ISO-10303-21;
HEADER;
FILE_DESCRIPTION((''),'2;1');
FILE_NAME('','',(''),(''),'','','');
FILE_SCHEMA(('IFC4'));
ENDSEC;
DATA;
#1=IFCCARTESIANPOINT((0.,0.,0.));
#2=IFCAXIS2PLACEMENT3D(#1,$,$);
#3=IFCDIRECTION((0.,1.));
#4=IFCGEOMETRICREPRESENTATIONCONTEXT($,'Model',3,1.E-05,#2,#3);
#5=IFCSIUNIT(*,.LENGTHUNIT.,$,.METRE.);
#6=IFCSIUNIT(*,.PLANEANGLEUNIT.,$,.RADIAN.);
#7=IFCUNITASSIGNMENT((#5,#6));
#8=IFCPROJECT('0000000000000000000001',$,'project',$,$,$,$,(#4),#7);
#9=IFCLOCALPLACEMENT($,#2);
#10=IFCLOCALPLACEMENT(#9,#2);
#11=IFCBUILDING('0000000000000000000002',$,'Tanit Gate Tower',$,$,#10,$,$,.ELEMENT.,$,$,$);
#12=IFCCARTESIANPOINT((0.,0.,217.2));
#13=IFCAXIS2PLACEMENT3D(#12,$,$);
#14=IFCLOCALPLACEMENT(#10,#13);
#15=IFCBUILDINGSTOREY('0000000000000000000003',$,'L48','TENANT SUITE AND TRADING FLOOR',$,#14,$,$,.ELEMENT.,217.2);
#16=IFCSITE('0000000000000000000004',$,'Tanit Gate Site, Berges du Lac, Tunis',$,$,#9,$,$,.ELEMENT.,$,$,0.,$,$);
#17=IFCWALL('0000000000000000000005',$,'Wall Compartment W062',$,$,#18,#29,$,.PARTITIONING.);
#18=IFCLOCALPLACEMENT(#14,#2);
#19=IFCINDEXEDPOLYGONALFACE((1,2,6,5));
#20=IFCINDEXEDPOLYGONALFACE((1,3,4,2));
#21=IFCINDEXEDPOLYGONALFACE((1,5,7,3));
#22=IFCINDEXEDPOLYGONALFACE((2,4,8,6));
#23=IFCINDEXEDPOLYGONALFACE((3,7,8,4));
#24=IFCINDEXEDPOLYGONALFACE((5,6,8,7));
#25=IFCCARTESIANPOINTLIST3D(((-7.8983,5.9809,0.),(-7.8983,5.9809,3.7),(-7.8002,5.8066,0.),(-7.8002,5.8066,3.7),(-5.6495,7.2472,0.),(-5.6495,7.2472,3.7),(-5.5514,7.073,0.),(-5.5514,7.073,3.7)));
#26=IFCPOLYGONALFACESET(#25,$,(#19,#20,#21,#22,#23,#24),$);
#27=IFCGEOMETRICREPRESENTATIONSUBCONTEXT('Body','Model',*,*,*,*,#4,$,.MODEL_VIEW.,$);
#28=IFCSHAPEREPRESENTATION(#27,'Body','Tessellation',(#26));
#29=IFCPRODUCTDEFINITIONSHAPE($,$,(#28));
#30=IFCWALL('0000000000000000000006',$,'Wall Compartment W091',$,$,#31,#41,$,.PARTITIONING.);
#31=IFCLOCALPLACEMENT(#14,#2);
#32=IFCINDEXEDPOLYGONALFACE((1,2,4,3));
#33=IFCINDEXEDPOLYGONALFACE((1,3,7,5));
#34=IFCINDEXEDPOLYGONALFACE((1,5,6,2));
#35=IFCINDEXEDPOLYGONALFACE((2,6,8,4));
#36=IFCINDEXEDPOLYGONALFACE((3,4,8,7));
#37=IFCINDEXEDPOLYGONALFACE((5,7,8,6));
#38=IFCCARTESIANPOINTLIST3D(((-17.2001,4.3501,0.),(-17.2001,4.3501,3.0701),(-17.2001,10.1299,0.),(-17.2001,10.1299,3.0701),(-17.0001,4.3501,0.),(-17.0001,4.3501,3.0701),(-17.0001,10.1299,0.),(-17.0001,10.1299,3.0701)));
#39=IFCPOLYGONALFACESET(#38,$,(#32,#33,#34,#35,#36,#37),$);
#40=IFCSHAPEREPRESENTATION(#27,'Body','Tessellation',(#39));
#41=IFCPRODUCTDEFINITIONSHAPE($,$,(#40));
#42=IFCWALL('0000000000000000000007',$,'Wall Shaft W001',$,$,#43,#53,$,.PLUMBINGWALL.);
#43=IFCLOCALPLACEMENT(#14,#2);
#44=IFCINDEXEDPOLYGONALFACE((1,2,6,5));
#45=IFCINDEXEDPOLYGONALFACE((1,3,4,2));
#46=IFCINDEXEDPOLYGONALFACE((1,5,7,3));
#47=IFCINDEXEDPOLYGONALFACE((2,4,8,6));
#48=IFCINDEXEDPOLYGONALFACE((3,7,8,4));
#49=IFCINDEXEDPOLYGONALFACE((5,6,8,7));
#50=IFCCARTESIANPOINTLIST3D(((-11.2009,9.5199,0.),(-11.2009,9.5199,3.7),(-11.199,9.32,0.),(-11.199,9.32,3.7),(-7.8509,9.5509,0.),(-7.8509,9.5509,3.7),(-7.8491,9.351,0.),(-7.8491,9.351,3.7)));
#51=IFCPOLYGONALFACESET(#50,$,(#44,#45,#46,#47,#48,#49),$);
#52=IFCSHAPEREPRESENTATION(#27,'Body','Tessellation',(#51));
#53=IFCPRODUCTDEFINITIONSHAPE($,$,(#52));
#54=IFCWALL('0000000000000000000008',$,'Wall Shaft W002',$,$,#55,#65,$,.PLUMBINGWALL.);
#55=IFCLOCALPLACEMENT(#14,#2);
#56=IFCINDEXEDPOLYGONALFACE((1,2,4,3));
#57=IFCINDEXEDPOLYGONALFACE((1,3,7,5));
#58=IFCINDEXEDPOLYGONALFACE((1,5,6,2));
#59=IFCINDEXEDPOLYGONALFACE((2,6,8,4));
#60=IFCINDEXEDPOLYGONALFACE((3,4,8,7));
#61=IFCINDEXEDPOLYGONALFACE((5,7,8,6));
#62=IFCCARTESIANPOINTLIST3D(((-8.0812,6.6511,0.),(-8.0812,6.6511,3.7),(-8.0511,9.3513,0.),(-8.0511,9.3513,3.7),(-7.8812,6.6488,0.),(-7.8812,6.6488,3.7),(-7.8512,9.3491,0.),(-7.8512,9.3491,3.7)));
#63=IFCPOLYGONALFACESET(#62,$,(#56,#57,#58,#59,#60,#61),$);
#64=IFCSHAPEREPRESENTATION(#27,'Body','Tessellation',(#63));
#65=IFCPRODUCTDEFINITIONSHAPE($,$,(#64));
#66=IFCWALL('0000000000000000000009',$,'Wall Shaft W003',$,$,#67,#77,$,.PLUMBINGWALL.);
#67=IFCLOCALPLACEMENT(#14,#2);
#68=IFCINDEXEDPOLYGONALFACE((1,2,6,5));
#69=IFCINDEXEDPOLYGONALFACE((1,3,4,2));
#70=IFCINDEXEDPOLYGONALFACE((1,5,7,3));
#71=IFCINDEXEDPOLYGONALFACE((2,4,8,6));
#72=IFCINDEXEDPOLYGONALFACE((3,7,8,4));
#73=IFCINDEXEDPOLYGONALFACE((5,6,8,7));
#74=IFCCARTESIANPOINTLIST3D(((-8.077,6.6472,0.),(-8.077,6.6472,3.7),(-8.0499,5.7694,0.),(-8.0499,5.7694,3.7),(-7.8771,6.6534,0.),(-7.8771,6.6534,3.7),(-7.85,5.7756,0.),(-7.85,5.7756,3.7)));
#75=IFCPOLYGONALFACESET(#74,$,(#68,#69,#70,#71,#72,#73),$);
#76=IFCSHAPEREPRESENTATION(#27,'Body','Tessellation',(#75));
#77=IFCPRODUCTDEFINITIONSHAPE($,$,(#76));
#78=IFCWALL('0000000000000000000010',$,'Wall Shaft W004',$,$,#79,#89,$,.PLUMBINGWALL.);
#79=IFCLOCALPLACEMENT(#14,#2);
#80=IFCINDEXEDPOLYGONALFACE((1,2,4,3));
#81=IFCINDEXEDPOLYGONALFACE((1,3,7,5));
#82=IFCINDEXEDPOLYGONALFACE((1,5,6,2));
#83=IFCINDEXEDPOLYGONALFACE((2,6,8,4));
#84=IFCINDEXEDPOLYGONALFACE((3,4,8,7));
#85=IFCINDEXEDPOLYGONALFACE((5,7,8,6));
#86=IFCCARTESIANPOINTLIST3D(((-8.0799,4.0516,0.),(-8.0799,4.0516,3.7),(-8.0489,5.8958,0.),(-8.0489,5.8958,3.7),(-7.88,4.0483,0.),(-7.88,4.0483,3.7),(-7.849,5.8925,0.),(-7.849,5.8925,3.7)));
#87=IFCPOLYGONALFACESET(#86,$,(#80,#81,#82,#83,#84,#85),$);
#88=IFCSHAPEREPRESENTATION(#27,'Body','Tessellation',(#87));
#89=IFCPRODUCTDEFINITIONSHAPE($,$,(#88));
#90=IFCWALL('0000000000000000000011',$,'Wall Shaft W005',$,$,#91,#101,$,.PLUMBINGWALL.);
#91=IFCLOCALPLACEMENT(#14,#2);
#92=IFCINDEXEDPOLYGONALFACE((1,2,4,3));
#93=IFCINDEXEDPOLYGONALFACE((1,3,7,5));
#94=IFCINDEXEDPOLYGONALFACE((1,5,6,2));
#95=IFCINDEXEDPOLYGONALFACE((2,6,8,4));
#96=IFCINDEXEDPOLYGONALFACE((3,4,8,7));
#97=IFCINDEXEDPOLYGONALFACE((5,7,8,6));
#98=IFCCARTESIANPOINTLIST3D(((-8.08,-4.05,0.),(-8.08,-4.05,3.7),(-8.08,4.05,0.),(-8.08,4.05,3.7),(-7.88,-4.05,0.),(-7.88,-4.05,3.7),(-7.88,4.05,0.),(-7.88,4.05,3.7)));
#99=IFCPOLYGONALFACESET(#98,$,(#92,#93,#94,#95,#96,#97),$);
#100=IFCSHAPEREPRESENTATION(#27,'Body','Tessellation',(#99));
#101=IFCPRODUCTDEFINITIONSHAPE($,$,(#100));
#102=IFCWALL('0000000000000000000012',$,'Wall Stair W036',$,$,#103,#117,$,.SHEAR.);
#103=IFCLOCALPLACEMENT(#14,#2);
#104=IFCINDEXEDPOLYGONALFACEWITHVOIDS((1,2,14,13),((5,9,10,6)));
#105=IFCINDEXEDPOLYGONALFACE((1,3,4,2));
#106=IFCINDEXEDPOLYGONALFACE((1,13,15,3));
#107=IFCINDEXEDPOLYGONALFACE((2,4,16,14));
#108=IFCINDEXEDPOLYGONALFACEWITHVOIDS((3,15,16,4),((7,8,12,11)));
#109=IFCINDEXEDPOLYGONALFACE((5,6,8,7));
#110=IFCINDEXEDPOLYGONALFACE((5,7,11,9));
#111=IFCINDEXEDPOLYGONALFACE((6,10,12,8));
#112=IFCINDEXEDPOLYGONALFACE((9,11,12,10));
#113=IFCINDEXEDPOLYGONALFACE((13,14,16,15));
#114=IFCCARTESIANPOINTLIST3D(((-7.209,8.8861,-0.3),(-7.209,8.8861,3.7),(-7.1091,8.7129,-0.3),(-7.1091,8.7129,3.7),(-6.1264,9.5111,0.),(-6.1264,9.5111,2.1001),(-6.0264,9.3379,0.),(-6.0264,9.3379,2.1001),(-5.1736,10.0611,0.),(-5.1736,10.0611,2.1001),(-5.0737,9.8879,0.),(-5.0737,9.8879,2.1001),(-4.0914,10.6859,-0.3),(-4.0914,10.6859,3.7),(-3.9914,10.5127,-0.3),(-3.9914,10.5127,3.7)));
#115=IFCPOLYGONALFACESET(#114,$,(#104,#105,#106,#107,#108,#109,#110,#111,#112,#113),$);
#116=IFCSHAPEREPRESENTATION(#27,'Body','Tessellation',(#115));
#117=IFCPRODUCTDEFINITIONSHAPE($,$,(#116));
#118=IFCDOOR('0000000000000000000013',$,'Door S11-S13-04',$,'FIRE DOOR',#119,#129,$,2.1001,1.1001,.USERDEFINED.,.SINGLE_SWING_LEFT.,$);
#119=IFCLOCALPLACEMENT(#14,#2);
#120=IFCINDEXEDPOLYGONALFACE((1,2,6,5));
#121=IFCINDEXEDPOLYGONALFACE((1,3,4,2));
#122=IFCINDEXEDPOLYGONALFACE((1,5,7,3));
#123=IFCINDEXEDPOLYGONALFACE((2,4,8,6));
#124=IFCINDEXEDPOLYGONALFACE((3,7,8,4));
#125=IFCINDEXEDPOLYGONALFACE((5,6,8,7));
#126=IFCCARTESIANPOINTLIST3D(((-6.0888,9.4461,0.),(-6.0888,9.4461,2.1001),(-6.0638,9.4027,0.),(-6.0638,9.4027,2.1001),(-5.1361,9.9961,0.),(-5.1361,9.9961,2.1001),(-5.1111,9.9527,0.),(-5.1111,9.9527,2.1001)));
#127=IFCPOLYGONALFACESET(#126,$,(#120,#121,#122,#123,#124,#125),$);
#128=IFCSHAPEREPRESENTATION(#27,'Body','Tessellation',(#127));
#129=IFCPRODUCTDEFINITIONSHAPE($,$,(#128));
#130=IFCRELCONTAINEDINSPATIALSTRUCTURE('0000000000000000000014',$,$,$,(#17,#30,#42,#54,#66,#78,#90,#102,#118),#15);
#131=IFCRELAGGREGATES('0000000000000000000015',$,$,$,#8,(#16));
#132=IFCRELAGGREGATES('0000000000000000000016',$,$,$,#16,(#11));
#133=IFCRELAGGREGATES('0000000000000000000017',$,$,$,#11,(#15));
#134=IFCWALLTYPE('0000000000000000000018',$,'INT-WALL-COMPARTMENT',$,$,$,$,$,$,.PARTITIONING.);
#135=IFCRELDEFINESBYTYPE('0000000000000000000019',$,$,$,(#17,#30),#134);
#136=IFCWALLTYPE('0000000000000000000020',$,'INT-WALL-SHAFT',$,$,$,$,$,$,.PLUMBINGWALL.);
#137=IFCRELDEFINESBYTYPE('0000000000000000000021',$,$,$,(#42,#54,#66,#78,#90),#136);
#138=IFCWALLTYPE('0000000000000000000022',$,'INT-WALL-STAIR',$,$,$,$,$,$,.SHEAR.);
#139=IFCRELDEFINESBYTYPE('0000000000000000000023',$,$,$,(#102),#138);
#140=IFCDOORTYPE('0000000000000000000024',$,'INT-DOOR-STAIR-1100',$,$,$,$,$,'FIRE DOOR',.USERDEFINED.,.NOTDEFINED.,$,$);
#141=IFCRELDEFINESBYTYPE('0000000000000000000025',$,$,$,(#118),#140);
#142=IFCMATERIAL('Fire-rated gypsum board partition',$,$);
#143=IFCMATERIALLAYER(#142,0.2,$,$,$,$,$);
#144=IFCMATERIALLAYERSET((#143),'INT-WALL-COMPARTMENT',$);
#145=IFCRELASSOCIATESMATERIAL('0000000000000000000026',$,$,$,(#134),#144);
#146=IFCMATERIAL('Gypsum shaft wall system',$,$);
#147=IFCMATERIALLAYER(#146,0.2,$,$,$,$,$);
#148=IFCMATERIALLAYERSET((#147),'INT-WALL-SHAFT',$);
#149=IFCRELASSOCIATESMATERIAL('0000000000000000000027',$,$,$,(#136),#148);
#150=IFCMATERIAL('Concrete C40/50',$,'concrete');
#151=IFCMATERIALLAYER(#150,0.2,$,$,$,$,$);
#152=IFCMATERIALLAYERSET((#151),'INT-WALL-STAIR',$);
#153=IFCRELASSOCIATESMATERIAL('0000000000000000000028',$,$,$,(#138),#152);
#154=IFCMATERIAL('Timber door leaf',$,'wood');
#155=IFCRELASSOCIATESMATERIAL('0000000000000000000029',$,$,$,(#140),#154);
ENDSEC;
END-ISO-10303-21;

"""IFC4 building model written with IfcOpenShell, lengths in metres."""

from ifc_helpers import new_model, si_unit, direction, frame, frame_2d, origin, place, context, subcontext, project, spatial, rectangle, extrude, material, layer, layer_set, type_object, element, fill, save


model = new_model("IFC4")

# Units and contexts
model_context = context("Model", 3, precision=1e-05, world=origin(), true_north=direction((0.0, 1.0)))
body_context = subcontext(model_context, "Body", "Model", "MODEL_VIEW")
ifc_project = project(units=[si_unit("LENGTHUNIT", "METRE"), si_unit("PLANEANGLEUNIT", "RADIAN")], contexts=[model_context])

# Site, building, storey
site_placement = place(None, origin())
site = spatial("IfcSite", under=ifc_project, at=site_placement, Name="Tanit Gate Site, Berges du Lac, Tunis", CompositionType="ELEMENT", RefElevation=0.0)
building_placement = place(site_placement, origin())
building = spatial("IfcBuilding", under=site, at=building_placement, Name="Tanit Gate Tower", CompositionType="ELEMENT")
storey_placement = place(building_placement, frame((0.0, 0.0, 217.2)))
storey = spatial("IfcBuildingStorey", under=building, at=storey_placement, Name="L48", Description="TENANT SUITE AND TRADING FLOOR", CompositionType="ELEMENT", Elevation=217.2)

# Walls
ifc_material_1 = material(Name="Fire-rated gypsum board partition")
ifc_layer_1 = layer(ifc_material_1, 0.2)
ifc_layer_set_1 = layer_set([ifc_layer_1], Name="INT-WALL-COMPARTMENT")
wall_type_1 = type_object("IfcWallType", Name="INT-WALL-COMPARTMENT", PredefinedType="PARTITIONING", material=ifc_layer_set_1)
wall_1_placement = place(storey_placement, frame((-5.6003, 7.1602, 0.0), z_axis=(0.0, 0.0, 1.0), x_axis=(-0.87134, -0.490679, 0.0)))
element("IfcWall", 1, at=wall_1_placement, inside=storey, type_object=wall_type_1, Name="Wall Compartment W062", PredefinedType="PARTITIONING", context=body_context, shape_type="SweptSolid", body=[
    extrude(rectangle(XDim=2.5808, YDim=0.2, at=frame_2d((1.2905, 0.0))), origin(), (0.0, 0.0, 1.0), 3.7),
])
wall_2_placement = place(storey_placement, frame((-17.1001, 10.1299, 0.0), z_axis=(0.0, 0.0, 1.0), x_axis=(0.0, -1.0, 0.0)))
element("IfcWall", 2, at=wall_2_placement, inside=storey, type_object=wall_type_1, Name="Wall Compartment W091", PredefinedType="PARTITIONING", context=body_context, shape_type="SweptSolid", body=[
    extrude(rectangle(XDim=5.7798, YDim=0.2, at=frame_2d((2.8899, 0.0))), origin(), (0.0, 0.0, 1.0), 3.0701),
])
ifc_material_2 = material(Name="Gypsum shaft wall system")
ifc_layer_2 = layer(ifc_material_2, 0.2)
ifc_layer_set_2 = layer_set([ifc_layer_2], Name="INT-WALL-SHAFT")
wall_type_2 = type_object("IfcWallType", Name="INT-WALL-SHAFT", PredefinedType="PLUMBINGWALL", material=ifc_layer_set_2)
wall_3_placement = place(storey_placement, frame((-11.2, 9.4199, 0.0), z_axis=(0.0, 0.0, 1.0), x_axis=(0.999957, 0.009255, 0.0)))
element("IfcWall", 3, at=wall_3_placement, inside=storey, type_object=wall_type_2, Name="Wall Shaft W001", PredefinedType="PLUMBINGWALL", context=body_context, shape_type="SweptSolid", body=[
    extrude(rectangle(XDim=3.3501, YDim=0.2, at=frame_2d((1.675, 0.0))), origin(), (0.0, 0.0, 1.0), 3.7),
])
wall_4_placement = place(storey_placement, frame((-7.9512, 9.3501, 0.0), z_axis=(0.0, 0.0, 1.0), x_axis=(-0.01112, -0.999938, 0.0)))
element("IfcWall", 4, at=wall_4_placement, inside=storey, type_object=wall_type_2, Name="Wall Shaft W002", PredefinedType="PLUMBINGWALL", context=body_context, shape_type="SweptSolid", body=[
    extrude(rectangle(XDim=2.7004, YDim=0.2, at=frame_2d((1.3501, 0.0))), origin(), (0.0, 0.0, 1.0), 3.7),
])
wall_5_placement = place(storey_placement, frame((-7.9771, 6.6501, 0.0), z_axis=(0.0, 0.0, 1.0), x_axis=(0.030862, -0.999524, 0.0)))
element("IfcWall", 5, at=wall_5_placement, inside=storey, type_object=wall_type_2, Name="Wall Shaft W003", PredefinedType="PLUMBINGWALL", context=body_context, shape_type="SweptSolid", body=[
    extrude(rectangle(XDim=0.8782, YDim=0.2, at=frame_2d((0.439, 0.0))), origin(), (0.0, 0.0, 1.0), 3.7),
])
wall_6_placement = place(storey_placement, frame((-7.949, 5.8943, 0.0), z_axis=(0.0, 0.0, 1.0), x_axis=(-0.01681, -0.999859, 0.0)))
element("IfcWall", 6, at=wall_6_placement, inside=storey, type_object=wall_type_2, Name="Wall Shaft W004", PredefinedType="PLUMBINGWALL", context=body_context, shape_type="SweptSolid", body=[
    extrude(rectangle(XDim=1.8445, YDim=0.2, at=frame_2d((0.9224, 0.0))), origin(), (0.0, 0.0, 1.0), 3.7),
])
wall_7_placement = place(storey_placement, frame((-7.98, 4.05, 0.0), z_axis=(0.0, 0.0, 1.0), x_axis=(0.0, -1.0, 0.0)))
element("IfcWall", 7, at=wall_7_placement, inside=storey, type_object=wall_type_2, Name="Wall Shaft W005", PredefinedType="PLUMBINGWALL", context=body_context, shape_type="SweptSolid", body=[
    extrude(rectangle(XDim=8.1001, YDim=0.2, at=frame_2d((4.05, 0.0))), origin(), (0.0, 0.0, 1.0), 3.7),
])

# Wall, opening, door
ifc_material_3 = material(Name="Concrete C40/50", Category="concrete")
ifc_layer_3 = layer(ifc_material_3, 0.2)
ifc_layer_set_3 = layer_set([ifc_layer_3], Name="INT-WALL-STAIR")
wall_type_3 = type_object("IfcWallType", Name="INT-WALL-STAIR", PredefinedType="SHEAR", material=ifc_layer_set_3)
wall_8_placement = place(storey_placement, frame((-7.1589, 8.7996, -0.3), z_axis=(0.0, 0.0, 1.0), x_axis=(0.866048, 0.499961, 0.0)))
wall_8 = element("IfcWall", 8, at=wall_8_placement, inside=storey, type_object=wall_type_3, Name="Wall Stair W036", PredefinedType="SHEAR", context=body_context, shape_type="SweptSolid", body=[
    extrude(rectangle(XDim=3.5999, YDim=0.2, at=frame_2d((1.7998, 0.0))), origin(), (0.0, 0.0, 1.0), 4.0),
])
opening_1_placement = place(wall_8_placement, frame((1.25, 0.0, 0.3)))
opening_1 = element("IfcOpeningElement", 9, at=opening_1_placement, cuts=wall_8, PredefinedType="OPENING", context=body_context, shape_type="SweptSolid", body=[
    extrude(rectangle(XDim=1.1001, YDim=2.1001, at=frame_2d((0.55, 1.05))), frame((0.0, 0.1099, 0.0), z_axis=(0.0, -1.0, 0.0), x_axis=(1.0, 0.0, 0.0)), (0.0, 0.0, 1.0), 0.22),
])
ifc_material_4 = material(Name="Timber door leaf", Category="wood")
door_type_1 = type_object("IfcDoorType", Name="INT-DOOR-STAIR-1100", ElementType="FIRE DOOR", OperationType="NOTDEFINED", PredefinedType="USERDEFINED", material=ifc_material_4)
door_1_placement = place(opening_1_placement, origin())
door_1 = element("IfcDoor", 10, at=door_1_placement, inside=storey, type_object=door_type_1, Name="Door S11-S13-04", ObjectType="FIRE DOOR", OperationType="SINGLE_SWING_LEFT", OverallHeight=2.1001, OverallWidth=1.1001, PredefinedType="USERDEFINED", context=body_context, shape_type="SweptSolid", body=[
    extrude(rectangle(XDim=1.1001, YDim=2.1001, at=frame_2d((0.55, 1.05))), frame((0.0, 0.0249, 0.0), z_axis=(0.0, -1.0, 0.0), x_axis=(1.0, 0.0, 0.0)), (0.0, 0.0, 1.0), 0.05),
])
fill(opening_1, door_1)

save(model, "model.ifc")
